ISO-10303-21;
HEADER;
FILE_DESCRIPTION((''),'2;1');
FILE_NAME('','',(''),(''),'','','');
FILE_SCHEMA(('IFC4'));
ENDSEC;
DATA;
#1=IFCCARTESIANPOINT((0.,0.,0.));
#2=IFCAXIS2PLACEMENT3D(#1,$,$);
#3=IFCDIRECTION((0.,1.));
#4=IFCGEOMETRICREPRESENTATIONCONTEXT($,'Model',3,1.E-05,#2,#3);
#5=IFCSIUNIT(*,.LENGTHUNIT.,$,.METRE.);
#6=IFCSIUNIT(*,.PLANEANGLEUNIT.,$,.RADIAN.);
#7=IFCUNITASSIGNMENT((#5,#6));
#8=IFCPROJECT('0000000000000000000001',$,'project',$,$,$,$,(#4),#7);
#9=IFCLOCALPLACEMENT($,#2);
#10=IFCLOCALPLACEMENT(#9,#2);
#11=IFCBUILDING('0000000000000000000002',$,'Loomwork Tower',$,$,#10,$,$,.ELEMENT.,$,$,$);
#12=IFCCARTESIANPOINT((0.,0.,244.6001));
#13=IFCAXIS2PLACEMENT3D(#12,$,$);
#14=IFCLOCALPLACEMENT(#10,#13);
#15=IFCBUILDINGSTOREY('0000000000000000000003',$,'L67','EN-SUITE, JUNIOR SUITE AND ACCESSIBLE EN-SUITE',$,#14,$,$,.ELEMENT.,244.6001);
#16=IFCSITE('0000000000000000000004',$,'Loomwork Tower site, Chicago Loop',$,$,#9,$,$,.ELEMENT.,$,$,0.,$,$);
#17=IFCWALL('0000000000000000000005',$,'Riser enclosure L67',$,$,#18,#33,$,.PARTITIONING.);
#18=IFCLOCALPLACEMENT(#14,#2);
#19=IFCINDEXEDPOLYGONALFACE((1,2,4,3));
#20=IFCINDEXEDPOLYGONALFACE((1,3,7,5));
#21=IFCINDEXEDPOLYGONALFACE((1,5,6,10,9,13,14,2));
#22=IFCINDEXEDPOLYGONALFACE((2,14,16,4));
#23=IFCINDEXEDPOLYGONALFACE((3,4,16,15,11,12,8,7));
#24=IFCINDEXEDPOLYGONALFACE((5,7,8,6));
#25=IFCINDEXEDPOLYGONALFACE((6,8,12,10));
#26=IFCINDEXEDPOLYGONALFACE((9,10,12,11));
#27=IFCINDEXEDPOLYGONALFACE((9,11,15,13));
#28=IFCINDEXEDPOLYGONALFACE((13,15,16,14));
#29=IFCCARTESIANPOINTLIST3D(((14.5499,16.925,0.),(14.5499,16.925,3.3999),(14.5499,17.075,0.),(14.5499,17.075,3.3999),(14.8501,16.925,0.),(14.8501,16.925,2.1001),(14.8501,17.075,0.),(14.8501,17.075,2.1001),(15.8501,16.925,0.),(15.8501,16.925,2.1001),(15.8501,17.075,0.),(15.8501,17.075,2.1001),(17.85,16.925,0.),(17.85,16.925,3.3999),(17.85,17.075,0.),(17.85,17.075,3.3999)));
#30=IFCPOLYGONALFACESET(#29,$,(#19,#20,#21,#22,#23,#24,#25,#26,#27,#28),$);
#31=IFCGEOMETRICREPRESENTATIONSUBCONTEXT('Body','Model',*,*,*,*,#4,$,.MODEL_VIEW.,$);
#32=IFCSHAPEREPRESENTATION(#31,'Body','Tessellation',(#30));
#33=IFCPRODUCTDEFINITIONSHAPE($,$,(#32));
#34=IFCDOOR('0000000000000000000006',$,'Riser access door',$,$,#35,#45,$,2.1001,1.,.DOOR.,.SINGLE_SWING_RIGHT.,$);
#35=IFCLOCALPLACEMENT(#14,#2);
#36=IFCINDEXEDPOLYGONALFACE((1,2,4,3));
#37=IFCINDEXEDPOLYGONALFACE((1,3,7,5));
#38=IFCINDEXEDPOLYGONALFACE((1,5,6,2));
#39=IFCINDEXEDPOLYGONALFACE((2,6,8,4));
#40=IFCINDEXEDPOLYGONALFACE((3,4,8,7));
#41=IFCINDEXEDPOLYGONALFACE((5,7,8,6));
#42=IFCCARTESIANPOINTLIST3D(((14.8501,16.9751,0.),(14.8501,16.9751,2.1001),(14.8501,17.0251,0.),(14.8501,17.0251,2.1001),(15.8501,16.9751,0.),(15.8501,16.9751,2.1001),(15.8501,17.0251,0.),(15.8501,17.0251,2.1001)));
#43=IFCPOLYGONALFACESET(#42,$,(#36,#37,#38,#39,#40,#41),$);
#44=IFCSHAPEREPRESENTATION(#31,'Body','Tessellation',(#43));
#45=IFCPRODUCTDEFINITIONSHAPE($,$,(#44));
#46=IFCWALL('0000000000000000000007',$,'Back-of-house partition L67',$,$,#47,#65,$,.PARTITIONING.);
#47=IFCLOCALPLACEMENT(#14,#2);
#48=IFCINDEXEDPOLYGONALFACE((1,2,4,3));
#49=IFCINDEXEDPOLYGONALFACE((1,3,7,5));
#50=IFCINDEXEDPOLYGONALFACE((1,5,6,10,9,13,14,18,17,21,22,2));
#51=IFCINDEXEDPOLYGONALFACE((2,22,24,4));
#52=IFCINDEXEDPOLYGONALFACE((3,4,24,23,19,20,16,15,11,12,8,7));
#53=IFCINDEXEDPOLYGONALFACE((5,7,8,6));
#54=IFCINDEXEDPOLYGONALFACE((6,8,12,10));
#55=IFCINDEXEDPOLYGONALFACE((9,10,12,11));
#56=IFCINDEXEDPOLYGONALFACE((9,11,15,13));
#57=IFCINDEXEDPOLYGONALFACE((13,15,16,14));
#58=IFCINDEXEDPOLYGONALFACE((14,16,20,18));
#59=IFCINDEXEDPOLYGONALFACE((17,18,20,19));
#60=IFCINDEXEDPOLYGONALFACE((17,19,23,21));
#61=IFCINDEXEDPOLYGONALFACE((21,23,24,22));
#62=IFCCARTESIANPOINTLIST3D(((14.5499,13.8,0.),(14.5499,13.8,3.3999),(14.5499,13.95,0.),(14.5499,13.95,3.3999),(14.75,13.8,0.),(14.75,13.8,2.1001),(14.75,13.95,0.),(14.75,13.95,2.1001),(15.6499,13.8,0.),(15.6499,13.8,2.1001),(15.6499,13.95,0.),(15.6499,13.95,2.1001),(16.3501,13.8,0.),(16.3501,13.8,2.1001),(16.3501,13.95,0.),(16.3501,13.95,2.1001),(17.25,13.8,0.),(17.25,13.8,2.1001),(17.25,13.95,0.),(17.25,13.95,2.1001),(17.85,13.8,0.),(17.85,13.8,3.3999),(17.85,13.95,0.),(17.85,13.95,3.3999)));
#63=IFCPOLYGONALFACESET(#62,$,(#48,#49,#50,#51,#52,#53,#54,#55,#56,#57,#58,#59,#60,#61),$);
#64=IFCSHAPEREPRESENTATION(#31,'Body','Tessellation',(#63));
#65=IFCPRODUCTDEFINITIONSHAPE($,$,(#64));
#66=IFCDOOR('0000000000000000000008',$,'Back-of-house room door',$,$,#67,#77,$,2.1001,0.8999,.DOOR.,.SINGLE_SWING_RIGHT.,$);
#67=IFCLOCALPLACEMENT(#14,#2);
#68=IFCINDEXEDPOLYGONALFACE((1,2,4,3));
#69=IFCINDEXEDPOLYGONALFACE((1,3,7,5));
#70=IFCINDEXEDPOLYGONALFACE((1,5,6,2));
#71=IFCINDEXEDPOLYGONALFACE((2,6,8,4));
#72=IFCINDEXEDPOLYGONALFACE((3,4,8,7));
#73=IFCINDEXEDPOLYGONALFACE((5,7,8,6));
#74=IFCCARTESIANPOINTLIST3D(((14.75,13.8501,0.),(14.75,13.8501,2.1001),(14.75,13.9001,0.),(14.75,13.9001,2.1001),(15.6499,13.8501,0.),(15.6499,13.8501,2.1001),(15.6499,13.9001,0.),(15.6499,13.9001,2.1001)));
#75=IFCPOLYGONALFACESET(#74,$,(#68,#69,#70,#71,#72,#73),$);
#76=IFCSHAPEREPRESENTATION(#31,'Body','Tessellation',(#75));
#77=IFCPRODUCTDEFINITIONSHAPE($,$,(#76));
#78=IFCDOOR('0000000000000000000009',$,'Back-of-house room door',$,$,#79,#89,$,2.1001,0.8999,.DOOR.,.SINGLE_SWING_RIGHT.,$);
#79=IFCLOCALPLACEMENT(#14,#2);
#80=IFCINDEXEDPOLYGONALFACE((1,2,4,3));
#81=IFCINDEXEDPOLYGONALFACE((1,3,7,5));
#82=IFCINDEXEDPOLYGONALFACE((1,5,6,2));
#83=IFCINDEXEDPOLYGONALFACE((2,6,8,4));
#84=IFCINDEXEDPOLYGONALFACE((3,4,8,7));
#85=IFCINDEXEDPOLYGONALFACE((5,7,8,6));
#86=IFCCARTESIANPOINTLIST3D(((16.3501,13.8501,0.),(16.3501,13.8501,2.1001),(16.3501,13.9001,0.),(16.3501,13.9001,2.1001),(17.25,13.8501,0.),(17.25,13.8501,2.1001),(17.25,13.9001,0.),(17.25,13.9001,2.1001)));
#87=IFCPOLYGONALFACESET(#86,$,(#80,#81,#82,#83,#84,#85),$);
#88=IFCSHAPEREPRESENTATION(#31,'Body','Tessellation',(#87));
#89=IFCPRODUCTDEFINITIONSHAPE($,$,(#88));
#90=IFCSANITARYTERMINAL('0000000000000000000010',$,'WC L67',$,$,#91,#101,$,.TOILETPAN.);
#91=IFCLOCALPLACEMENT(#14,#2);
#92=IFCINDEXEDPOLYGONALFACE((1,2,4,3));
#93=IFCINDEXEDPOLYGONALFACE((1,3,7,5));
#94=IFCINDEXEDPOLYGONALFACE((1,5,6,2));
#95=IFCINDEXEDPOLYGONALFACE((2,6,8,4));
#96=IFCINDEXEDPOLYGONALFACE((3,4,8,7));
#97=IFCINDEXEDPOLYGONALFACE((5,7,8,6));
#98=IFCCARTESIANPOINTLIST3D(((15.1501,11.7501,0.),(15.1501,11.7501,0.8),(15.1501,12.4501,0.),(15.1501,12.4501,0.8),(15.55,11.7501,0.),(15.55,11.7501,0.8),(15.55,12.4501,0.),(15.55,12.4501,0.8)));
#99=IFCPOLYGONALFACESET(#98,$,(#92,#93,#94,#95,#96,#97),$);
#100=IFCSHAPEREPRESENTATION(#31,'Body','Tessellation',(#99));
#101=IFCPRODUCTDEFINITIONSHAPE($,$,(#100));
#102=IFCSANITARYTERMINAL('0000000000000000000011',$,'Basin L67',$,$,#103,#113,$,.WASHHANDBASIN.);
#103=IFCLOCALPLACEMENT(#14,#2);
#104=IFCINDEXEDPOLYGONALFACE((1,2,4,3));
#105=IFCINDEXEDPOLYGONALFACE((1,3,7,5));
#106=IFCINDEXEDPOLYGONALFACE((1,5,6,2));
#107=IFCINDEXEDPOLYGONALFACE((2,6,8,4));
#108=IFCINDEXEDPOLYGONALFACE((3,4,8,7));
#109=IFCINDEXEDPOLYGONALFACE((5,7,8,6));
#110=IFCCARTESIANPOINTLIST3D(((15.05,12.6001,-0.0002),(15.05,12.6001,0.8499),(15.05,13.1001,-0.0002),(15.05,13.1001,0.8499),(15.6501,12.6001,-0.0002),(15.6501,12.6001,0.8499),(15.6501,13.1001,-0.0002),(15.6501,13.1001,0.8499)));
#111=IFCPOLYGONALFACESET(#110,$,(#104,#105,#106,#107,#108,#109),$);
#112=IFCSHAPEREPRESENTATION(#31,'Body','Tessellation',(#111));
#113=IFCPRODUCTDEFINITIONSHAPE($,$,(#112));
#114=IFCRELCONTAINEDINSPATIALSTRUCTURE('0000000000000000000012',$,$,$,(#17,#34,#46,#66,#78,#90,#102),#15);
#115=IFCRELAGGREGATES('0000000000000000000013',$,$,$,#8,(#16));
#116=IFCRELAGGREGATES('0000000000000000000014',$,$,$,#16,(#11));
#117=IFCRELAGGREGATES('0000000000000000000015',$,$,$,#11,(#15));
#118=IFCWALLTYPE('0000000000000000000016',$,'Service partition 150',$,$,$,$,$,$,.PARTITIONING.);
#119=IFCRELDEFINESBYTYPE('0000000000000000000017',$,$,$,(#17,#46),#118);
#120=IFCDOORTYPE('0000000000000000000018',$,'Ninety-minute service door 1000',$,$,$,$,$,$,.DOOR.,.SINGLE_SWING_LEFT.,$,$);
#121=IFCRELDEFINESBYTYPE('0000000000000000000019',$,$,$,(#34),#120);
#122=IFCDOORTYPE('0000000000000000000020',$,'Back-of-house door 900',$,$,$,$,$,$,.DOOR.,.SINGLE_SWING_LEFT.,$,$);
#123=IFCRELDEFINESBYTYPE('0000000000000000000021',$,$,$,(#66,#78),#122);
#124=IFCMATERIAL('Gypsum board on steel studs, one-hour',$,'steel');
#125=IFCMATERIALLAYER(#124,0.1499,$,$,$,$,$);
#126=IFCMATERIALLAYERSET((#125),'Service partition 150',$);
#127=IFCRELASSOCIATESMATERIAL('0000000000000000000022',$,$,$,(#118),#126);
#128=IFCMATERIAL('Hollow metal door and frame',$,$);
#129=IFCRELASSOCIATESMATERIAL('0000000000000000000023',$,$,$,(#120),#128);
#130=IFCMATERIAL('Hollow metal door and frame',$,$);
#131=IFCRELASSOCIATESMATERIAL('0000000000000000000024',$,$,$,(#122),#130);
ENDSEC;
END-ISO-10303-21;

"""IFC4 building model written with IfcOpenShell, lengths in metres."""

from ifc_helpers import new_model, si_unit, direction, frame, frame_2d, origin, origin_2d, place, context, subcontext, project, spatial, rectangle, extrude, material, layer, layer_set, type_object, element, fill, save


model = new_model("IFC4")

# Units and contexts
model_context = context("Model", 3, precision=1e-05, world=origin(), true_north=direction((0.0, 1.0)))
body_context = subcontext(model_context, "Body", "Model", "MODEL_VIEW")
ifc_project = project(units=[si_unit("LENGTHUNIT", "METRE"), si_unit("PLANEANGLEUNIT", "RADIAN")], contexts=[model_context])

# Site, building, storey
site_placement = place(None, origin())
site = spatial("IfcSite", under=ifc_project, at=site_placement, Name="Loomwork Tower site, Chicago Loop", CompositionType="ELEMENT", RefElevation=0.0)
building_placement = place(site_placement, origin())
building = spatial("IfcBuilding", under=site, at=building_placement, Name="Loomwork Tower", CompositionType="ELEMENT")
storey_placement = place(building_placement, frame((0.0, 0.0, 244.6001)))
storey = spatial("IfcBuildingStorey", under=building, at=storey_placement, Name="L67", Description="EN-SUITE, JUNIOR SUITE AND ACCESSIBLE EN-SUITE", CompositionType="ELEMENT", Elevation=244.6001)

# Wall, opening, door
ifc_material_1 = material(Name="Gypsum board on steel studs, one-hour", Category="steel")
ifc_layer_1 = layer(ifc_material_1, 0.1499)
ifc_layer_set_1 = layer_set([ifc_layer_1], Name="Service partition 150")
wall_type_1 = type_object("IfcWallType", Name="Service partition 150", PredefinedType="PARTITIONING", material=ifc_layer_set_1)
wall_1_placement = place(storey_placement, frame((14.55, 17.0, 0.0), z_axis=(0.0, 0.0, 1.0), x_axis=(1.0, 0.0, 0.0)))
wall_1 = element("IfcWall", 1, at=wall_1_placement, inside=storey, type_object=wall_type_1, Name="Riser enclosure L67", PredefinedType="PARTITIONING", context=body_context, shape_type="SweptSolid", body=[
    extrude(rectangle(XDim=3.3, YDim=0.1499, at=frame_2d((1.6499, 0.0))), origin(), (0.0, 0.0, 1.0), 3.3999),
])
opening_1_placement = place(wall_1_placement, frame((0.3, 0.0, 0.0)))
opening_1 = element("IfcOpeningElement", 2, at=opening_1_placement, cuts=wall_1, PredefinedType="OPENING", context=body_context, shape_type="SweptSolid", body=[
    extrude(rectangle(XDim=1.0, YDim=2.1001, at=frame_2d((0.5, 1.05))), frame((0.0, 0.085, 0.0), z_axis=(0.0, -1.0, 0.0), x_axis=(1.0, 0.0, 0.0)), (0.0, 0.0, 1.0), 0.1699),
])
ifc_material_2 = material(Name="Hollow metal door and frame")
door_type_1 = type_object("IfcDoorType", Name="Ninety-minute service door 1000", OperationType="SINGLE_SWING_LEFT", PredefinedType="DOOR", material=ifc_material_2)
door_1_placement = place(opening_1_placement, frame((1.0, 0.0, 0.0), z_axis=(0.0, 0.0, 1.0), x_axis=(-1.0, 0.0, 0.0)))
door_1 = element("IfcDoor", 3, at=door_1_placement, inside=storey, type_object=door_type_1, Name="Riser access door", OperationType="SINGLE_SWING_RIGHT", OverallHeight=2.1001, OverallWidth=1.0, PredefinedType="DOOR", context=body_context, shape_type="SweptSolid", body=[
    extrude(rectangle(XDim=1.0, YDim=2.1001, at=frame_2d((0.5, 1.05))), frame((0.0, 0.0249, 0.0), z_axis=(0.0, -1.0, 0.0), x_axis=(1.0, 0.0, 0.0)), (0.0, 0.0, 1.0), 0.05),
])
fill(opening_1, door_1)

# Wall, openings, doors
wall_2_placement = place(storey_placement, frame((14.55, 13.875, 0.0), z_axis=(0.0, 0.0, 1.0), x_axis=(1.0, 0.0, 0.0)))
wall_2 = element("IfcWall", 4, at=wall_2_placement, inside=storey, type_object=wall_type_1, Name="Back-of-house partition L67", PredefinedType="PARTITIONING", context=body_context, shape_type="SweptSolid", body=[
    extrude(rectangle(XDim=3.3, YDim=0.1499, at=frame_2d((1.6499, 0.0))), origin(), (0.0, 0.0, 1.0), 3.3999),
])
opening_2_placement = place(wall_2_placement, frame((0.2, 0.0, 0.0)))
opening_2 = element("IfcOpeningElement", 5, at=opening_2_placement, cuts=wall_2, PredefinedType="OPENING", context=body_context, shape_type="SweptSolid", body=[
    extrude(rectangle(XDim=0.8999, YDim=2.1001, at=frame_2d((0.45, 1.05))), frame((0.0, 0.085, 0.0), z_axis=(0.0, -1.0, 0.0), x_axis=(1.0, 0.0, 0.0)), (0.0, 0.0, 1.0), 0.1699),
])
opening_3_placement = place(wall_2_placement, frame((1.8, 0.0, 0.0)))
opening_3 = element("IfcOpeningElement", 6, at=opening_3_placement, cuts=wall_2, PredefinedType="OPENING", context=body_context, shape_type="SweptSolid", body=[
    extrude(rectangle(XDim=0.8999, YDim=2.1001, at=frame_2d((0.45, 1.05))), frame((0.0, 0.085, 0.0), z_axis=(0.0, -1.0, 0.0), x_axis=(1.0, 0.0, 0.0)), (0.0, 0.0, 1.0), 0.1699),
])
ifc_material_3 = material(Name="Hollow metal door and frame")
door_type_2 = type_object("IfcDoorType", Name="Back-of-house door 900", OperationType="SINGLE_SWING_LEFT", PredefinedType="DOOR", material=ifc_material_3)
door_2_placement = place(opening_2_placement, frame((0.8999, 0.0, 0.0), z_axis=(0.0, 0.0, 1.0), x_axis=(-1.0, 0.0, 0.0)))
door_2 = element("IfcDoor", 7, at=door_2_placement, inside=storey, type_object=door_type_2, Name="Back-of-house room door", OperationType="SINGLE_SWING_RIGHT", OverallHeight=2.1001, OverallWidth=0.8999, PredefinedType="DOOR", context=body_context, shape_type="SweptSolid", body=[
    extrude(rectangle(XDim=0.8999, YDim=2.1001, at=frame_2d((0.45, 1.05))), frame((0.0, 0.0249, 0.0), z_axis=(0.0, -1.0, 0.0), x_axis=(1.0, 0.0, 0.0)), (0.0, 0.0, 1.0), 0.05),
])
fill(opening_2, door_2)
door_3_placement = place(opening_3_placement, frame((0.8999, 0.0, 0.0), z_axis=(0.0, 0.0, 1.0), x_axis=(-1.0, 0.0, 0.0)))
door_3 = element("IfcDoor", 8, at=door_3_placement, inside=storey, type_object=door_type_2, Name="Back-of-house room door", OperationType="SINGLE_SWING_RIGHT", OverallHeight=2.1001, OverallWidth=0.8999, PredefinedType="DOOR", context=body_context, shape_type="SweptSolid", body=[
    extrude(rectangle(XDim=0.8999, YDim=2.1001, at=frame_2d((0.45, 1.05))), frame((0.0, 0.0249, 0.0), z_axis=(0.0, -1.0, 0.0), x_axis=(1.0, 0.0, 0.0)), (0.0, 0.0, 1.0), 0.05),
])
fill(opening_3, door_3)

# Sanitary terminals
sanitary_terminal_1_placement = place(storey_placement, frame((15.3501, 12.1001, 0.0), z_axis=(0.0, 0.0, 1.0), x_axis=(1.0, 0.0, 0.0)))
element("IfcSanitaryTerminal", 9, at=sanitary_terminal_1_placement, inside=storey, Name="WC L67", PredefinedType="TOILETPAN", context=body_context, shape_type="SweptSolid", body=[
    extrude(rectangle(XDim=0.3999, YDim=0.7, at=origin_2d()), origin(), (0.0, 0.0, 1.0), 0.8),
])
sanitary_terminal_2_placement = place(storey_placement, frame((15.3501, 12.8501, -0.0002), z_axis=(0.0, 0.0, 1.0), x_axis=(1.0, 0.0, 0.0)))
element("IfcSanitaryTerminal", 10, at=sanitary_terminal_2_placement, inside=storey, Name="Basin L67", PredefinedType="WASHHANDBASIN", context=body_context, shape_type="SweptSolid", body=[
    extrude(rectangle(XDim=0.6001, YDim=0.5, at=origin_2d()), origin(), (0.0, 0.0, 1.0), 0.8501),
])

save(model, "model.ifc")
